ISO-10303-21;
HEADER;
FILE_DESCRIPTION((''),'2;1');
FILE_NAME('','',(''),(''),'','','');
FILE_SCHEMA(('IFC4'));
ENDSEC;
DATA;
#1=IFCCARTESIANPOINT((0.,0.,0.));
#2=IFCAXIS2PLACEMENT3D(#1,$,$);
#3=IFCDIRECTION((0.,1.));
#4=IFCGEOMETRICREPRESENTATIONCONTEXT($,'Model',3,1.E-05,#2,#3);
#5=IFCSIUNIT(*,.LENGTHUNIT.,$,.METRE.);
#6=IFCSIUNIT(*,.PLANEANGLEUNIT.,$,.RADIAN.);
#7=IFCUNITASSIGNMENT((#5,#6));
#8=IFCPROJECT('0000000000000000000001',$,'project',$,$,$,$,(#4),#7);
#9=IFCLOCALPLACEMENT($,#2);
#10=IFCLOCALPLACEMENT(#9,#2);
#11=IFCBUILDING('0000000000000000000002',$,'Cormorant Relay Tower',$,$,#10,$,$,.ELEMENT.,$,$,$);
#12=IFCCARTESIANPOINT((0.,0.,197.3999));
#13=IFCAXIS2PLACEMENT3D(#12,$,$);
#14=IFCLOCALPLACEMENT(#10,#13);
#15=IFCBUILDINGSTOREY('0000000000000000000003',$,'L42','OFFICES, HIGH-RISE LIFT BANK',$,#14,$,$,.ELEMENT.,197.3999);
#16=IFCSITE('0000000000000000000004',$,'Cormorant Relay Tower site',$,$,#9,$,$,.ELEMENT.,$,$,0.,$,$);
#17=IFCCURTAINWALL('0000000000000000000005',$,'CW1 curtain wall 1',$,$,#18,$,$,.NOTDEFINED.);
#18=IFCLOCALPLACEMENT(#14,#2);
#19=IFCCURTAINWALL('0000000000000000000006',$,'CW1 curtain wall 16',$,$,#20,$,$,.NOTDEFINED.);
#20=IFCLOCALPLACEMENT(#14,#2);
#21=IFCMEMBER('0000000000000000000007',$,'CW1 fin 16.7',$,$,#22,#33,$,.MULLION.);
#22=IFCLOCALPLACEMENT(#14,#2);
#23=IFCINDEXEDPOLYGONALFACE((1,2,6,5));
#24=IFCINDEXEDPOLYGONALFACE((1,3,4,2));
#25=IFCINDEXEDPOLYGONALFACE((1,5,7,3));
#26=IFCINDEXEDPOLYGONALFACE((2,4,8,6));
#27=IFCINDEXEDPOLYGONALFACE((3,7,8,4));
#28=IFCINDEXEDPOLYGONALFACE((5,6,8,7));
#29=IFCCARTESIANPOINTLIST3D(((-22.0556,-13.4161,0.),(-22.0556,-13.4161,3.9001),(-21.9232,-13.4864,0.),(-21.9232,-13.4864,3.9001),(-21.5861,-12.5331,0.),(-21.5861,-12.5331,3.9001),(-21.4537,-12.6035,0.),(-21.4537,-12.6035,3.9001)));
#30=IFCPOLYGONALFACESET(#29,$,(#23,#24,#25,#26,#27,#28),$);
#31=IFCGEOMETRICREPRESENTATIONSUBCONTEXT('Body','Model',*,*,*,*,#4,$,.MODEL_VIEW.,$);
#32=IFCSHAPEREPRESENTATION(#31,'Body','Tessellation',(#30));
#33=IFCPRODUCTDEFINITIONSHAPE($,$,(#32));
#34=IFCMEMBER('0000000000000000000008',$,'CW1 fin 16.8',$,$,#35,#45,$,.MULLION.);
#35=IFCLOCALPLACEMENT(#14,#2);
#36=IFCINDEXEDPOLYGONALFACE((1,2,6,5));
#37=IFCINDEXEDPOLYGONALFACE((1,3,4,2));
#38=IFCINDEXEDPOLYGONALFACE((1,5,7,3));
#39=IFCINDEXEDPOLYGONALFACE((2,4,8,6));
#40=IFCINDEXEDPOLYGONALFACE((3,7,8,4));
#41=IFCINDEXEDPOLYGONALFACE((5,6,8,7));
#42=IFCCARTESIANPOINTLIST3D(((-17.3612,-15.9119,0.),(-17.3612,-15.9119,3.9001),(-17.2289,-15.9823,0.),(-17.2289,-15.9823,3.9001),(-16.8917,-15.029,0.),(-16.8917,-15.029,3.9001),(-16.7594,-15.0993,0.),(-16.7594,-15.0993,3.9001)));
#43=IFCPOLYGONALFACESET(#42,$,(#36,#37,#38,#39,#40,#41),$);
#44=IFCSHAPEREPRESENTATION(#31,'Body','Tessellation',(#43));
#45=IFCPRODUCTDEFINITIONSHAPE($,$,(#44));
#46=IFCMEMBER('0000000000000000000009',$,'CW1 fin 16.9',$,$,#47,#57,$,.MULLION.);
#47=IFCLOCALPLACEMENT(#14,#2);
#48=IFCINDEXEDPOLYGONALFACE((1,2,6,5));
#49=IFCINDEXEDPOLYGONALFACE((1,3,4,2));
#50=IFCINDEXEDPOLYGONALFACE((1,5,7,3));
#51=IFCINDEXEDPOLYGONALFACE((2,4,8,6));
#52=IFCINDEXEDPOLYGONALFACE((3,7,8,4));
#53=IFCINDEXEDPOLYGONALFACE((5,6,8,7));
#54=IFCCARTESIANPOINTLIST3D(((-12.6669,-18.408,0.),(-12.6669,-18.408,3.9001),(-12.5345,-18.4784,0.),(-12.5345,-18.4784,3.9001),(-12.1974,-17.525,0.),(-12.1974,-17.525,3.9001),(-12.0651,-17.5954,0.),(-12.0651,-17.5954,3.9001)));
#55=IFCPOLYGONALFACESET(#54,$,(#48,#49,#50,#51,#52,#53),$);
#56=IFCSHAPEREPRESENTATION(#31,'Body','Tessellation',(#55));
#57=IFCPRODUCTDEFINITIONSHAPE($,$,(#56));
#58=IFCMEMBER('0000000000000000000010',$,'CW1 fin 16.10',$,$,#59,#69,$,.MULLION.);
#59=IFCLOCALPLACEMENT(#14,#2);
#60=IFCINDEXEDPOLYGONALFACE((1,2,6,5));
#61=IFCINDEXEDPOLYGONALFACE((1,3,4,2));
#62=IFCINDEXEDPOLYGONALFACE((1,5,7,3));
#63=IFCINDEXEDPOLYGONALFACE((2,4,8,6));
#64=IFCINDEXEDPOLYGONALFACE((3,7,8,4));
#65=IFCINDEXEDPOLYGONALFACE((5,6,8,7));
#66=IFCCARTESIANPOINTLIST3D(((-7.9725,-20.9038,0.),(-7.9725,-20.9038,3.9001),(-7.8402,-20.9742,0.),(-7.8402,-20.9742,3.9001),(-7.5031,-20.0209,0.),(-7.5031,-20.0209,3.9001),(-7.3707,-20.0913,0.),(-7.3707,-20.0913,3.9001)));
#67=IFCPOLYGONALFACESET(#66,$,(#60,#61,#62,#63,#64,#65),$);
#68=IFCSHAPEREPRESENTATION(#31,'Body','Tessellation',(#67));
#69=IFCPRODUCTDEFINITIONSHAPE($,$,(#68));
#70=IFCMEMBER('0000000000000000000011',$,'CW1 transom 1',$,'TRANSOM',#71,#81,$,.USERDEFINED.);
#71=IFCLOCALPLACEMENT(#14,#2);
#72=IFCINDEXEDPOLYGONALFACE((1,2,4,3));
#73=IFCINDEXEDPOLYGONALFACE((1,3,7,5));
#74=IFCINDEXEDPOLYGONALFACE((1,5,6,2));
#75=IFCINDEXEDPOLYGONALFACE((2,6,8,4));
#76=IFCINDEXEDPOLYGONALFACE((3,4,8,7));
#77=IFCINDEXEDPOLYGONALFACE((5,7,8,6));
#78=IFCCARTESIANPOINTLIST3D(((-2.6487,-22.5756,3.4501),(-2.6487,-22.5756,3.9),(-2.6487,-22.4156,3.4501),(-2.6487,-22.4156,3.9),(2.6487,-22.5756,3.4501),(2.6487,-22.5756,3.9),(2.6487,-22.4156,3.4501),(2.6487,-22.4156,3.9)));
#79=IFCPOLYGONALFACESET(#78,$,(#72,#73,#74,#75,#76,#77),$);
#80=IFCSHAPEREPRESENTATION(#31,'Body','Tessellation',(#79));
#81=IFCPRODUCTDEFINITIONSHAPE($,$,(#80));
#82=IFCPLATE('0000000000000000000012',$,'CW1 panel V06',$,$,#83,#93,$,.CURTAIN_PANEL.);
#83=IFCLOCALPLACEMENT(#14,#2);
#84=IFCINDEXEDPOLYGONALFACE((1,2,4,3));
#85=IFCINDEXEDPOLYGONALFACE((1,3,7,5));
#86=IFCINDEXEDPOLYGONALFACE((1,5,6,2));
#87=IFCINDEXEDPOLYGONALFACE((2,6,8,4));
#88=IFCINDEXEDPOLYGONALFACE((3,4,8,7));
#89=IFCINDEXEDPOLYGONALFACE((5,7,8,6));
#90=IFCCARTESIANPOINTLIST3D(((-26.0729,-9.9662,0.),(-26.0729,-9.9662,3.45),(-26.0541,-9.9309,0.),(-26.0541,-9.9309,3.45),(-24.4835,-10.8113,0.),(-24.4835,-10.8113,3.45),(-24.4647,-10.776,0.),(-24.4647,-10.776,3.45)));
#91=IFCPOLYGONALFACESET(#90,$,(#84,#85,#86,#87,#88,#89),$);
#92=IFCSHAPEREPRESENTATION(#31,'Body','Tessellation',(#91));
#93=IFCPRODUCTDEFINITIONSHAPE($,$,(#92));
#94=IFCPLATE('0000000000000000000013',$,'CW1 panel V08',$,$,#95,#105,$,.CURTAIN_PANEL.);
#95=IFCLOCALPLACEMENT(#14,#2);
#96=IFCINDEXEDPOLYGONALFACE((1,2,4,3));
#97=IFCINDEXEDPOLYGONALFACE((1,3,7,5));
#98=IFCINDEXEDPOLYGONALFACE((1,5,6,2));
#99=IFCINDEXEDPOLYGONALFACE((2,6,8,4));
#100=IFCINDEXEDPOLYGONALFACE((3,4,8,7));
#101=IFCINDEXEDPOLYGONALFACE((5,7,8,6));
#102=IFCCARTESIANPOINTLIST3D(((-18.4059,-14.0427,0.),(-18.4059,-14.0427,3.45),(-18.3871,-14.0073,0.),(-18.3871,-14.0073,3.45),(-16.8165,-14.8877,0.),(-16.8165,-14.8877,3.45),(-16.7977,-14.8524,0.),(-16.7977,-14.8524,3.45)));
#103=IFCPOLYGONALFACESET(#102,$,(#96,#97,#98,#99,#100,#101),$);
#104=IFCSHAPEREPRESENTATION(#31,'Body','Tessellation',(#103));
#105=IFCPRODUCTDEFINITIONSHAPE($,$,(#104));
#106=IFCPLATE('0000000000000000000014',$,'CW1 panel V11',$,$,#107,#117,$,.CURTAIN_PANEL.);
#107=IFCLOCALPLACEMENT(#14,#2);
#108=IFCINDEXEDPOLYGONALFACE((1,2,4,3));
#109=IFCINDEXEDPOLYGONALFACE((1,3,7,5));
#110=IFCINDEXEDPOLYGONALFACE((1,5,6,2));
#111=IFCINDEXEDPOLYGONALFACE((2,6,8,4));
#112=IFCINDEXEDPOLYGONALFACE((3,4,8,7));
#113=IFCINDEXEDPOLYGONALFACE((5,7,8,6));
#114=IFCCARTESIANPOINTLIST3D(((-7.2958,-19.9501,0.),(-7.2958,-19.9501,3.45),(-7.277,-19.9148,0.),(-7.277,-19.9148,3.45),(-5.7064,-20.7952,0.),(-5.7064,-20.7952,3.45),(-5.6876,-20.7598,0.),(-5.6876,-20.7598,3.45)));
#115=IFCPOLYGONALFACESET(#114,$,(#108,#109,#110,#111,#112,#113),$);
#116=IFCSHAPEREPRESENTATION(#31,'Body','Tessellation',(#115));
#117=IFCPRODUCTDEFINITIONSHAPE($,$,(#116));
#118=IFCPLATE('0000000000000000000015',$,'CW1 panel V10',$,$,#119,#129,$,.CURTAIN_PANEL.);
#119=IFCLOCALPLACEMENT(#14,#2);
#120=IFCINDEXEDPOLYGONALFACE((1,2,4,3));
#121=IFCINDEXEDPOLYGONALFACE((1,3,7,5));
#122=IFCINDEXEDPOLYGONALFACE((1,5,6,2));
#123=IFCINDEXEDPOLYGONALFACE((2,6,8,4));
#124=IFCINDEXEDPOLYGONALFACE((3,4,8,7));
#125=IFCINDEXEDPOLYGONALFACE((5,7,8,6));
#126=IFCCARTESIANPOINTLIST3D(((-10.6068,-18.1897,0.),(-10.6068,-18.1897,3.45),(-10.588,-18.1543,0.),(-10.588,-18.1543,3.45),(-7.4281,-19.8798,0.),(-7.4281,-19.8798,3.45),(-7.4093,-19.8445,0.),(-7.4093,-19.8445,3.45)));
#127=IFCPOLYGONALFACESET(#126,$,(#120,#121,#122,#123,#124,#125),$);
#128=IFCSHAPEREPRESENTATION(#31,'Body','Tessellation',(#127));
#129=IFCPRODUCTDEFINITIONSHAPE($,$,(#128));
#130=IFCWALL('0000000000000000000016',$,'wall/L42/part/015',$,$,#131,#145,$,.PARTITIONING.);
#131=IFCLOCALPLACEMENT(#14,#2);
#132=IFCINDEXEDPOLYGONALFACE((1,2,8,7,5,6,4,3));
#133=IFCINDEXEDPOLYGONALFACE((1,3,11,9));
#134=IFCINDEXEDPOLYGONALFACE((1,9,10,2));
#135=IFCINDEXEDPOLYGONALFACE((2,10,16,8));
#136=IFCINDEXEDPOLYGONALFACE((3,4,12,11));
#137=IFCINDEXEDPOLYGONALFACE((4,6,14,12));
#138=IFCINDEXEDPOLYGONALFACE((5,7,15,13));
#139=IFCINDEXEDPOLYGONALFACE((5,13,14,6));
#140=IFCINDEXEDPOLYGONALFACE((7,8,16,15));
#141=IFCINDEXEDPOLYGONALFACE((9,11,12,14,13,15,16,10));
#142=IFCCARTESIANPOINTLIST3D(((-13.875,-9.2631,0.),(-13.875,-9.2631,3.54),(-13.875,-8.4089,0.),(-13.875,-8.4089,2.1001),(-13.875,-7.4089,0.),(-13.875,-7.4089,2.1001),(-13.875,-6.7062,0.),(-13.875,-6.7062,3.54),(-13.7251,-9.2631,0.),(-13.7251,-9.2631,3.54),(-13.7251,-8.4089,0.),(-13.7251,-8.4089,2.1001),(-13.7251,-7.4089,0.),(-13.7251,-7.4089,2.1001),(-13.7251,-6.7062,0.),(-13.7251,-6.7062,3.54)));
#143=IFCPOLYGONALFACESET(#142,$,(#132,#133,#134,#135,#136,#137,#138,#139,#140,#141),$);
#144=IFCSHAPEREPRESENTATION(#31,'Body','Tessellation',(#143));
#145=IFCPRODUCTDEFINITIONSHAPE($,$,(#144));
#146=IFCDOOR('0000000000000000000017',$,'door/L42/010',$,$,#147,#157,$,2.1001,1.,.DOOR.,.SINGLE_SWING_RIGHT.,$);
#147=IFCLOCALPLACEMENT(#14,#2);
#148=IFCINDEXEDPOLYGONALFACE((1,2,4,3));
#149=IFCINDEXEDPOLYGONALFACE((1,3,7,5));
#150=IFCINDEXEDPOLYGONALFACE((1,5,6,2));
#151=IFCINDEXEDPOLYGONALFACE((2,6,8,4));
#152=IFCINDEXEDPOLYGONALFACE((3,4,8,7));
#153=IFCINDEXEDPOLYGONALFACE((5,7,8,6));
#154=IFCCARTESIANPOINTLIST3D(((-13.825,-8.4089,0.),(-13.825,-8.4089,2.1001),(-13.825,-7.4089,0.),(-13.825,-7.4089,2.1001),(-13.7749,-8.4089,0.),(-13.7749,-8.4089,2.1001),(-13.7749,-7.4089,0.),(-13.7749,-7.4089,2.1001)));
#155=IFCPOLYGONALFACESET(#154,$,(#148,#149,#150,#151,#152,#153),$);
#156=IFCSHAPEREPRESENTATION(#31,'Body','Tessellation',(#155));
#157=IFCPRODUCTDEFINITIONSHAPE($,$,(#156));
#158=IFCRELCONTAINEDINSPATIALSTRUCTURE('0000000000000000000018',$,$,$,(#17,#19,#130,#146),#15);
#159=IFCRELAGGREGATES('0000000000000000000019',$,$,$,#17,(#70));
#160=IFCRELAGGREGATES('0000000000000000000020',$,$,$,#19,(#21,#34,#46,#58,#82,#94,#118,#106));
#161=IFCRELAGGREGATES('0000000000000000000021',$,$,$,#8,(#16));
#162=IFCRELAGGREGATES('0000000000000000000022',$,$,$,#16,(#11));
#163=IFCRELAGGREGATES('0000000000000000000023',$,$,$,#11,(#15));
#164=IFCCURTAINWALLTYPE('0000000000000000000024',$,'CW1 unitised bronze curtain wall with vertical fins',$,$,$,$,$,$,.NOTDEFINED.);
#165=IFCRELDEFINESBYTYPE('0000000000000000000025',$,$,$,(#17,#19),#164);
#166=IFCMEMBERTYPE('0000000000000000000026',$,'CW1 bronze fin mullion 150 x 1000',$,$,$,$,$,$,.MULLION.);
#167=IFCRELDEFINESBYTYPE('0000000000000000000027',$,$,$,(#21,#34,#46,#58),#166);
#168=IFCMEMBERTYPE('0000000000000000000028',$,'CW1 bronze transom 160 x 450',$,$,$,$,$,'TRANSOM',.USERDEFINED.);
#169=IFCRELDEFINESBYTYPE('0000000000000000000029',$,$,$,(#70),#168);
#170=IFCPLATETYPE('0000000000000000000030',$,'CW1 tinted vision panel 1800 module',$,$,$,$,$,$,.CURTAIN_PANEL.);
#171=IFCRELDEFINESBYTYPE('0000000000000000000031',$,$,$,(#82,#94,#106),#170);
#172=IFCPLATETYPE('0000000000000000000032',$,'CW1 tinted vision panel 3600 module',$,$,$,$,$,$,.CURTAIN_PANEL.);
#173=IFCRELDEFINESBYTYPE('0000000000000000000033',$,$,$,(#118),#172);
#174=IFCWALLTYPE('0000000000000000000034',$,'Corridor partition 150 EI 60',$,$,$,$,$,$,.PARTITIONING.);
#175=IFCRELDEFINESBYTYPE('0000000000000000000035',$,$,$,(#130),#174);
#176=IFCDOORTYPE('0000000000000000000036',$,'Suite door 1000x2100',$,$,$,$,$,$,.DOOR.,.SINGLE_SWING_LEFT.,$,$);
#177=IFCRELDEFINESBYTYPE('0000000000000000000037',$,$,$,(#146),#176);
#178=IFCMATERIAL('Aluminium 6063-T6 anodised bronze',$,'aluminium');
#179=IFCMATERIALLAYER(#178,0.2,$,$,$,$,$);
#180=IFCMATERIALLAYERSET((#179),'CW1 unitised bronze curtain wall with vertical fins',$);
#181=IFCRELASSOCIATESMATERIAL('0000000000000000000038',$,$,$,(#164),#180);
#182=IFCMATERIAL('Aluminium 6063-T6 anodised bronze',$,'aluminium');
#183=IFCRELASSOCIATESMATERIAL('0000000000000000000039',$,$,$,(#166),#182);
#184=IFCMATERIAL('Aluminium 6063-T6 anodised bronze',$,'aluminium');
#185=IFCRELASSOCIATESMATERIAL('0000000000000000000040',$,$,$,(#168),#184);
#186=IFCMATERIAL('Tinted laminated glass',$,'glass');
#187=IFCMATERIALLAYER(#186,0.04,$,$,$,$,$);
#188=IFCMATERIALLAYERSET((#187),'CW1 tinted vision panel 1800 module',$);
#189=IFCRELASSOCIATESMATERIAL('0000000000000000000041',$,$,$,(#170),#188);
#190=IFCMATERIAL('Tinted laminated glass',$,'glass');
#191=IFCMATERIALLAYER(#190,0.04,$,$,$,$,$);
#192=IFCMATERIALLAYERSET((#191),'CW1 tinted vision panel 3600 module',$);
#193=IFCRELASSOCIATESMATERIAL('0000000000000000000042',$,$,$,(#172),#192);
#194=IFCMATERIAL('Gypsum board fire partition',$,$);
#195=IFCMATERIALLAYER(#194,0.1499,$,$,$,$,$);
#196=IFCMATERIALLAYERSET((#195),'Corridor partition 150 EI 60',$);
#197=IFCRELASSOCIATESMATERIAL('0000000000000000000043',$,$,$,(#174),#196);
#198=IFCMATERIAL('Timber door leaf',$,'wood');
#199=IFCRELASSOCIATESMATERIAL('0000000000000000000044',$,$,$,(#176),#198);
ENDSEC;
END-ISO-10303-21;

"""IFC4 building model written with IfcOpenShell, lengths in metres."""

from ifc_helpers import new_model, si_unit, direction, frame, frame_2d, origin, origin_2d, place, context, subcontext, project, spatial, rectangle, extrude, material, layer, layer_set, material_profile, profile_set, type_object, element, fill, aggregate, save


model = new_model("IFC4")

# Units and contexts
model_context = context("Model", 3, precision=1e-05, world=origin(), true_north=direction((0.0, 1.0)))
body_context = subcontext(model_context, "Body", "Model", "MODEL_VIEW")
ifc_project = project(units=[si_unit("LENGTHUNIT", "METRE"), si_unit("PLANEANGLEUNIT", "RADIAN")], contexts=[model_context])

# Site, building, storey
site_placement = place(None, origin())
site = spatial("IfcSite", under=ifc_project, at=site_placement, Name="Cormorant Relay Tower site", CompositionType="ELEMENT", RefElevation=0.0)
building_placement = place(site_placement, origin())
building = spatial("IfcBuilding", under=site, at=building_placement, Name="Cormorant Relay Tower", CompositionType="ELEMENT")
storey_placement = place(building_placement, frame((0.0, 0.0, 197.3999)))
storey = spatial("IfcBuildingStorey", under=building, at=storey_placement, Name="L42", Description="OFFICES, HIGH-RISE LIFT BANK", CompositionType="ELEMENT", Elevation=197.3999)

# Curtain wall
ifc_material_1 = material(Name="Aluminium 6063-T6 anodised bronze", Category="aluminium")
ifc_layer_1 = layer(ifc_material_1, 0.2)
ifc_layer_set_1 = layer_set([ifc_layer_1], Name="CW1 unitised bronze curtain wall with vertical fins")
curtain_wall_type = type_object("IfcCurtainWallType", Name="CW1 unitised bronze curtain wall with vertical fins", PredefinedType="NOTDEFINED", material=ifc_layer_set_1)
curtain_wall_1_placement = place(storey_placement, origin())
curtain_wall_1 = element("IfcCurtainWall", 1, at=curtain_wall_1_placement, inside=storey, type_object=curtain_wall_type, Name="CW1 curtain wall 1", PredefinedType="NOTDEFINED")
ifc_material_2 = material(Name="Aluminium 6063-T6 anodised bronze", Category="aluminium")
ifc_material_profile_1 = material_profile(ifc_material_2, rectangle(XDim=0.1499, YDim=1.0, at=origin_2d()), Name="AL 150x1000")
ifc_profile_set_1 = profile_set([ifc_material_profile_1], Name="Aluminium 6063-T6 anodised bronze")
member_type_1 = type_object("IfcMemberType", Name="CW1 bronze fin mullion 150 x 1000", PredefinedType="MULLION", material=ifc_profile_set_1)

# Curtain wall, members
curtain_wall_2_placement = place(storey_placement, origin())
curtain_wall_2 = element("IfcCurtainWall", 2, at=curtain_wall_2_placement, inside=storey, type_object=curtain_wall_type, Name="CW1 curtain wall 16", PredefinedType="NOTDEFINED")
member_1_placement = place(storey_placement, frame((-21.7546, -13.0098, 0.0), z_axis=(0.0, 0.0, 1.0), x_axis=(0.882948, -0.469472, 0.0)))
member_1 = element("IfcMember", 3, at=member_1_placement, type_object=member_type_1, Name="CW1 fin 16.7", PredefinedType="MULLION", context=body_context, shape_type="SweptSolid", body=[
    extrude(rectangle(XDim=0.1499, YDim=1.0, at=origin_2d()), origin(), (0.0, 0.0, 1.0), 3.9001),
])
member_2_placement = place(storey_placement, frame((-17.0603, -15.5056, 0.0), z_axis=(0.0, 0.0, 1.0), x_axis=(0.882948, -0.469472, 0.0)))
member_2 = element("IfcMember", 4, at=member_2_placement, type_object=member_type_1, Name="CW1 fin 16.8", PredefinedType="MULLION", context=body_context, shape_type="SweptSolid", body=[
    extrude(rectangle(XDim=0.1499, YDim=1.0, at=origin_2d()), origin(), (0.0, 0.0, 1.0), 3.9001),
])
member_3_placement = place(storey_placement, frame((-12.366, -18.0017, 0.0), z_axis=(0.0, 0.0, 1.0), x_axis=(0.882948, -0.469472, 0.0)))
member_3 = element("IfcMember", 5, at=member_3_placement, type_object=member_type_1, Name="CW1 fin 16.9", PredefinedType="MULLION", context=body_context, shape_type="SweptSolid", body=[
    extrude(rectangle(XDim=0.1499, YDim=1.0, at=origin_2d()), origin(), (0.0, 0.0, 1.0), 3.9001),
])
member_4_placement = place(storey_placement, frame((-7.6716, -20.4976, 0.0), z_axis=(0.0, 0.0, 1.0), x_axis=(0.882948, -0.469472, 0.0)))
member_4 = element("IfcMember", 6, at=member_4_placement, type_object=member_type_1, Name="CW1 fin 16.10", PredefinedType="MULLION", context=body_context, shape_type="SweptSolid", body=[
    extrude(rectangle(XDim=0.1499, YDim=1.0, at=origin_2d()), origin(), (0.0, 0.0, 1.0), 3.9001),
])

# Member
ifc_material_3 = material(Name="Aluminium 6063-T6 anodised bronze", Category="aluminium")
ifc_material_profile_2 = material_profile(ifc_material_3, rectangle(XDim=0.1599, YDim=0.45, at=origin_2d()), Name="AL 160x450")
ifc_profile_set_2 = profile_set([ifc_material_profile_2], Name="Aluminium 6063-T6 anodised bronze")
member_type_2 = type_object("IfcMemberType", Name="CW1 bronze transom 160 x 450", ElementType="TRANSOM", PredefinedType="USERDEFINED", material=ifc_profile_set_2)
member_5_placement = place(storey_placement, frame((-2.6487, -22.4956, 3.675), z_axis=(1.0, 0.0, 0.0), x_axis=(0.0, 1.0, 0.0)))
member_5 = element("IfcMember", 7, at=member_5_placement, type_object=member_type_2, Name="CW1 transom 1", ObjectType="TRANSOM", PredefinedType="USERDEFINED", context=body_context, shape_type="SweptSolid", body=[
    extrude(rectangle(XDim=0.1599, YDim=0.45, at=origin_2d()), origin(), (0.0, 0.0, 1.0), 5.2974),
])
aggregate(curtain_wall_1, [member_5])

# Plates
ifc_material_4 = material(Name="Tinted laminated glass", Category="glass")
ifc_layer_2 = layer(ifc_material_4, 0.04)
ifc_layer_set_2 = layer_set([ifc_layer_2], Name="CW1 tinted vision panel 1800 module")
plate_type_1 = type_object("IfcPlateType", Name="CW1 tinted vision panel 1800 module", PredefinedType="CURTAIN_PANEL", material=ifc_layer_set_2)
plate_1_placement = place(storey_placement, frame((-25.2688, -10.3711, 0.0), z_axis=(0.0, 0.0, 1.0), x_axis=(0.882948, -0.469472, 0.0)))
plate_1 = element("IfcPlate", 8, at=plate_1_placement, type_object=plate_type_1, Name="CW1 panel V06", PredefinedType="CURTAIN_PANEL", context=body_context, shape_type="SweptSolid", body=[
    extrude(rectangle(XDim=1.8, YDim=0.04, at=origin_2d()), origin(), (0.0, 0.0, 1.0), 3.45),
])
plate_2_placement = place(storey_placement, frame((-17.6018, -14.4475, 0.0), z_axis=(0.0, 0.0, 1.0), x_axis=(0.882948, -0.469472, 0.0)))
plate_2 = element("IfcPlate", 9, at=plate_2_placement, type_object=plate_type_1, Name="CW1 panel V08", PredefinedType="CURTAIN_PANEL", context=body_context, shape_type="SweptSolid", body=[
    extrude(rectangle(XDim=1.8, YDim=0.04, at=origin_2d()), origin(), (0.0, 0.0, 1.0), 3.45),
])
plate_3_placement = place(storey_placement, frame((-6.4917, -20.355, 0.0), z_axis=(0.0, 0.0, 1.0), x_axis=(0.882948, -0.469472, 0.0)))
plate_3 = element("IfcPlate", 10, at=plate_3_placement, type_object=plate_type_1, Name="CW1 panel V11", PredefinedType="CURTAIN_PANEL", context=body_context, shape_type="SweptSolid", body=[
    extrude(rectangle(XDim=1.8, YDim=0.04, at=origin_2d()), origin(), (0.0, 0.0, 1.0), 3.45),
])
ifc_material_5 = material(Name="Tinted laminated glass", Category="glass")
ifc_layer_3 = layer(ifc_material_5, 0.04)
ifc_layer_set_3 = layer_set([ifc_layer_3], Name="CW1 tinted vision panel 3600 module")
plate_type_2 = type_object("IfcPlateType", Name="CW1 tinted vision panel 3600 module", PredefinedType="CURTAIN_PANEL", material=ifc_layer_set_3)
plate_4_placement = place(storey_placement, frame((-9.0081, -19.0171, 0.0), z_axis=(0.0, 0.0, 1.0), x_axis=(0.882948, -0.469472, 0.0)))
plate_4 = element("IfcPlate", 11, at=plate_4_placement, type_object=plate_type_2, Name="CW1 panel V10", PredefinedType="CURTAIN_PANEL", context=body_context, shape_type="SweptSolid", body=[
    extrude(rectangle(XDim=3.6001, YDim=0.04, at=origin_2d()), origin(), (0.0, 0.0, 1.0), 3.45),
])

# Wall, opening, door
ifc_material_6 = material(Name="Gypsum board fire partition")
ifc_layer_4 = layer(ifc_material_6, 0.1499)
ifc_layer_set_4 = layer_set([ifc_layer_4], Name="Corridor partition 150 EI 60")
wall_type_1 = type_object("IfcWallType", Name="Corridor partition 150 EI 60", PredefinedType="PARTITIONING", material=ifc_layer_set_4)
wall_1_placement = place(storey_placement, frame((-13.8, -9.2629, 0.0), z_axis=(0.0, 0.0, 1.0), x_axis=(0.0, 1.0, 0.0)))
wall_1 = element("IfcWall", 12, at=wall_1_placement, inside=storey, type_object=wall_type_1, Name="wall/L42/part/015", PredefinedType="PARTITIONING", context=body_context, shape_type="SweptSolid", body=[
    extrude(rectangle(XDim=2.5569, YDim=0.1499, at=frame_2d((1.2783, 0.0))), origin(), (0.0, 0.0, 1.0), 3.54),
])
opening_1_placement = place(wall_1_placement, frame((0.854, 0.0, 0.0)))
opening_1 = element("IfcOpeningElement", 13, at=opening_1_placement, cuts=wall_1, PredefinedType="OPENING", context=body_context, shape_type="SweptSolid", body=[
    extrude(rectangle(XDim=1.0, YDim=2.1001, at=frame_2d((0.5, 1.05))), frame((0.0, 0.085, 0.0), z_axis=(0.0, -1.0, 0.0), x_axis=(1.0, 0.0, 0.0)), (0.0, 0.0, 1.0), 0.1699),
])
ifc_material_7 = material(Name="Timber door leaf", Category="wood")
door_type_1 = type_object("IfcDoorType", Name="Suite door 1000x2100", OperationType="SINGLE_SWING_LEFT", PredefinedType="DOOR", material=ifc_material_7)
door_1_placement = place(opening_1_placement, origin())
door_1 = element("IfcDoor", 14, at=door_1_placement, inside=storey, type_object=door_type_1, Name="door/L42/010", OperationType="SINGLE_SWING_RIGHT", OverallHeight=2.1001, OverallWidth=1.0, PredefinedType="DOOR", context=body_context, shape_type="SweptSolid", body=[
    extrude(rectangle(XDim=1.0, YDim=2.1001, at=frame_2d((0.5, 1.05))), frame((0.0, 0.0249, 0.0), z_axis=(0.0, -1.0, 0.0), x_axis=(1.0, 0.0, 0.0)), (0.0, 0.0, 1.0), 0.05),
])
fill(opening_1, door_1)

aggregate(curtain_wall_2, [member_1, member_2, member_3, member_4, plate_1, plate_2, plate_4, plate_3])

save(model, "model.ifc")
